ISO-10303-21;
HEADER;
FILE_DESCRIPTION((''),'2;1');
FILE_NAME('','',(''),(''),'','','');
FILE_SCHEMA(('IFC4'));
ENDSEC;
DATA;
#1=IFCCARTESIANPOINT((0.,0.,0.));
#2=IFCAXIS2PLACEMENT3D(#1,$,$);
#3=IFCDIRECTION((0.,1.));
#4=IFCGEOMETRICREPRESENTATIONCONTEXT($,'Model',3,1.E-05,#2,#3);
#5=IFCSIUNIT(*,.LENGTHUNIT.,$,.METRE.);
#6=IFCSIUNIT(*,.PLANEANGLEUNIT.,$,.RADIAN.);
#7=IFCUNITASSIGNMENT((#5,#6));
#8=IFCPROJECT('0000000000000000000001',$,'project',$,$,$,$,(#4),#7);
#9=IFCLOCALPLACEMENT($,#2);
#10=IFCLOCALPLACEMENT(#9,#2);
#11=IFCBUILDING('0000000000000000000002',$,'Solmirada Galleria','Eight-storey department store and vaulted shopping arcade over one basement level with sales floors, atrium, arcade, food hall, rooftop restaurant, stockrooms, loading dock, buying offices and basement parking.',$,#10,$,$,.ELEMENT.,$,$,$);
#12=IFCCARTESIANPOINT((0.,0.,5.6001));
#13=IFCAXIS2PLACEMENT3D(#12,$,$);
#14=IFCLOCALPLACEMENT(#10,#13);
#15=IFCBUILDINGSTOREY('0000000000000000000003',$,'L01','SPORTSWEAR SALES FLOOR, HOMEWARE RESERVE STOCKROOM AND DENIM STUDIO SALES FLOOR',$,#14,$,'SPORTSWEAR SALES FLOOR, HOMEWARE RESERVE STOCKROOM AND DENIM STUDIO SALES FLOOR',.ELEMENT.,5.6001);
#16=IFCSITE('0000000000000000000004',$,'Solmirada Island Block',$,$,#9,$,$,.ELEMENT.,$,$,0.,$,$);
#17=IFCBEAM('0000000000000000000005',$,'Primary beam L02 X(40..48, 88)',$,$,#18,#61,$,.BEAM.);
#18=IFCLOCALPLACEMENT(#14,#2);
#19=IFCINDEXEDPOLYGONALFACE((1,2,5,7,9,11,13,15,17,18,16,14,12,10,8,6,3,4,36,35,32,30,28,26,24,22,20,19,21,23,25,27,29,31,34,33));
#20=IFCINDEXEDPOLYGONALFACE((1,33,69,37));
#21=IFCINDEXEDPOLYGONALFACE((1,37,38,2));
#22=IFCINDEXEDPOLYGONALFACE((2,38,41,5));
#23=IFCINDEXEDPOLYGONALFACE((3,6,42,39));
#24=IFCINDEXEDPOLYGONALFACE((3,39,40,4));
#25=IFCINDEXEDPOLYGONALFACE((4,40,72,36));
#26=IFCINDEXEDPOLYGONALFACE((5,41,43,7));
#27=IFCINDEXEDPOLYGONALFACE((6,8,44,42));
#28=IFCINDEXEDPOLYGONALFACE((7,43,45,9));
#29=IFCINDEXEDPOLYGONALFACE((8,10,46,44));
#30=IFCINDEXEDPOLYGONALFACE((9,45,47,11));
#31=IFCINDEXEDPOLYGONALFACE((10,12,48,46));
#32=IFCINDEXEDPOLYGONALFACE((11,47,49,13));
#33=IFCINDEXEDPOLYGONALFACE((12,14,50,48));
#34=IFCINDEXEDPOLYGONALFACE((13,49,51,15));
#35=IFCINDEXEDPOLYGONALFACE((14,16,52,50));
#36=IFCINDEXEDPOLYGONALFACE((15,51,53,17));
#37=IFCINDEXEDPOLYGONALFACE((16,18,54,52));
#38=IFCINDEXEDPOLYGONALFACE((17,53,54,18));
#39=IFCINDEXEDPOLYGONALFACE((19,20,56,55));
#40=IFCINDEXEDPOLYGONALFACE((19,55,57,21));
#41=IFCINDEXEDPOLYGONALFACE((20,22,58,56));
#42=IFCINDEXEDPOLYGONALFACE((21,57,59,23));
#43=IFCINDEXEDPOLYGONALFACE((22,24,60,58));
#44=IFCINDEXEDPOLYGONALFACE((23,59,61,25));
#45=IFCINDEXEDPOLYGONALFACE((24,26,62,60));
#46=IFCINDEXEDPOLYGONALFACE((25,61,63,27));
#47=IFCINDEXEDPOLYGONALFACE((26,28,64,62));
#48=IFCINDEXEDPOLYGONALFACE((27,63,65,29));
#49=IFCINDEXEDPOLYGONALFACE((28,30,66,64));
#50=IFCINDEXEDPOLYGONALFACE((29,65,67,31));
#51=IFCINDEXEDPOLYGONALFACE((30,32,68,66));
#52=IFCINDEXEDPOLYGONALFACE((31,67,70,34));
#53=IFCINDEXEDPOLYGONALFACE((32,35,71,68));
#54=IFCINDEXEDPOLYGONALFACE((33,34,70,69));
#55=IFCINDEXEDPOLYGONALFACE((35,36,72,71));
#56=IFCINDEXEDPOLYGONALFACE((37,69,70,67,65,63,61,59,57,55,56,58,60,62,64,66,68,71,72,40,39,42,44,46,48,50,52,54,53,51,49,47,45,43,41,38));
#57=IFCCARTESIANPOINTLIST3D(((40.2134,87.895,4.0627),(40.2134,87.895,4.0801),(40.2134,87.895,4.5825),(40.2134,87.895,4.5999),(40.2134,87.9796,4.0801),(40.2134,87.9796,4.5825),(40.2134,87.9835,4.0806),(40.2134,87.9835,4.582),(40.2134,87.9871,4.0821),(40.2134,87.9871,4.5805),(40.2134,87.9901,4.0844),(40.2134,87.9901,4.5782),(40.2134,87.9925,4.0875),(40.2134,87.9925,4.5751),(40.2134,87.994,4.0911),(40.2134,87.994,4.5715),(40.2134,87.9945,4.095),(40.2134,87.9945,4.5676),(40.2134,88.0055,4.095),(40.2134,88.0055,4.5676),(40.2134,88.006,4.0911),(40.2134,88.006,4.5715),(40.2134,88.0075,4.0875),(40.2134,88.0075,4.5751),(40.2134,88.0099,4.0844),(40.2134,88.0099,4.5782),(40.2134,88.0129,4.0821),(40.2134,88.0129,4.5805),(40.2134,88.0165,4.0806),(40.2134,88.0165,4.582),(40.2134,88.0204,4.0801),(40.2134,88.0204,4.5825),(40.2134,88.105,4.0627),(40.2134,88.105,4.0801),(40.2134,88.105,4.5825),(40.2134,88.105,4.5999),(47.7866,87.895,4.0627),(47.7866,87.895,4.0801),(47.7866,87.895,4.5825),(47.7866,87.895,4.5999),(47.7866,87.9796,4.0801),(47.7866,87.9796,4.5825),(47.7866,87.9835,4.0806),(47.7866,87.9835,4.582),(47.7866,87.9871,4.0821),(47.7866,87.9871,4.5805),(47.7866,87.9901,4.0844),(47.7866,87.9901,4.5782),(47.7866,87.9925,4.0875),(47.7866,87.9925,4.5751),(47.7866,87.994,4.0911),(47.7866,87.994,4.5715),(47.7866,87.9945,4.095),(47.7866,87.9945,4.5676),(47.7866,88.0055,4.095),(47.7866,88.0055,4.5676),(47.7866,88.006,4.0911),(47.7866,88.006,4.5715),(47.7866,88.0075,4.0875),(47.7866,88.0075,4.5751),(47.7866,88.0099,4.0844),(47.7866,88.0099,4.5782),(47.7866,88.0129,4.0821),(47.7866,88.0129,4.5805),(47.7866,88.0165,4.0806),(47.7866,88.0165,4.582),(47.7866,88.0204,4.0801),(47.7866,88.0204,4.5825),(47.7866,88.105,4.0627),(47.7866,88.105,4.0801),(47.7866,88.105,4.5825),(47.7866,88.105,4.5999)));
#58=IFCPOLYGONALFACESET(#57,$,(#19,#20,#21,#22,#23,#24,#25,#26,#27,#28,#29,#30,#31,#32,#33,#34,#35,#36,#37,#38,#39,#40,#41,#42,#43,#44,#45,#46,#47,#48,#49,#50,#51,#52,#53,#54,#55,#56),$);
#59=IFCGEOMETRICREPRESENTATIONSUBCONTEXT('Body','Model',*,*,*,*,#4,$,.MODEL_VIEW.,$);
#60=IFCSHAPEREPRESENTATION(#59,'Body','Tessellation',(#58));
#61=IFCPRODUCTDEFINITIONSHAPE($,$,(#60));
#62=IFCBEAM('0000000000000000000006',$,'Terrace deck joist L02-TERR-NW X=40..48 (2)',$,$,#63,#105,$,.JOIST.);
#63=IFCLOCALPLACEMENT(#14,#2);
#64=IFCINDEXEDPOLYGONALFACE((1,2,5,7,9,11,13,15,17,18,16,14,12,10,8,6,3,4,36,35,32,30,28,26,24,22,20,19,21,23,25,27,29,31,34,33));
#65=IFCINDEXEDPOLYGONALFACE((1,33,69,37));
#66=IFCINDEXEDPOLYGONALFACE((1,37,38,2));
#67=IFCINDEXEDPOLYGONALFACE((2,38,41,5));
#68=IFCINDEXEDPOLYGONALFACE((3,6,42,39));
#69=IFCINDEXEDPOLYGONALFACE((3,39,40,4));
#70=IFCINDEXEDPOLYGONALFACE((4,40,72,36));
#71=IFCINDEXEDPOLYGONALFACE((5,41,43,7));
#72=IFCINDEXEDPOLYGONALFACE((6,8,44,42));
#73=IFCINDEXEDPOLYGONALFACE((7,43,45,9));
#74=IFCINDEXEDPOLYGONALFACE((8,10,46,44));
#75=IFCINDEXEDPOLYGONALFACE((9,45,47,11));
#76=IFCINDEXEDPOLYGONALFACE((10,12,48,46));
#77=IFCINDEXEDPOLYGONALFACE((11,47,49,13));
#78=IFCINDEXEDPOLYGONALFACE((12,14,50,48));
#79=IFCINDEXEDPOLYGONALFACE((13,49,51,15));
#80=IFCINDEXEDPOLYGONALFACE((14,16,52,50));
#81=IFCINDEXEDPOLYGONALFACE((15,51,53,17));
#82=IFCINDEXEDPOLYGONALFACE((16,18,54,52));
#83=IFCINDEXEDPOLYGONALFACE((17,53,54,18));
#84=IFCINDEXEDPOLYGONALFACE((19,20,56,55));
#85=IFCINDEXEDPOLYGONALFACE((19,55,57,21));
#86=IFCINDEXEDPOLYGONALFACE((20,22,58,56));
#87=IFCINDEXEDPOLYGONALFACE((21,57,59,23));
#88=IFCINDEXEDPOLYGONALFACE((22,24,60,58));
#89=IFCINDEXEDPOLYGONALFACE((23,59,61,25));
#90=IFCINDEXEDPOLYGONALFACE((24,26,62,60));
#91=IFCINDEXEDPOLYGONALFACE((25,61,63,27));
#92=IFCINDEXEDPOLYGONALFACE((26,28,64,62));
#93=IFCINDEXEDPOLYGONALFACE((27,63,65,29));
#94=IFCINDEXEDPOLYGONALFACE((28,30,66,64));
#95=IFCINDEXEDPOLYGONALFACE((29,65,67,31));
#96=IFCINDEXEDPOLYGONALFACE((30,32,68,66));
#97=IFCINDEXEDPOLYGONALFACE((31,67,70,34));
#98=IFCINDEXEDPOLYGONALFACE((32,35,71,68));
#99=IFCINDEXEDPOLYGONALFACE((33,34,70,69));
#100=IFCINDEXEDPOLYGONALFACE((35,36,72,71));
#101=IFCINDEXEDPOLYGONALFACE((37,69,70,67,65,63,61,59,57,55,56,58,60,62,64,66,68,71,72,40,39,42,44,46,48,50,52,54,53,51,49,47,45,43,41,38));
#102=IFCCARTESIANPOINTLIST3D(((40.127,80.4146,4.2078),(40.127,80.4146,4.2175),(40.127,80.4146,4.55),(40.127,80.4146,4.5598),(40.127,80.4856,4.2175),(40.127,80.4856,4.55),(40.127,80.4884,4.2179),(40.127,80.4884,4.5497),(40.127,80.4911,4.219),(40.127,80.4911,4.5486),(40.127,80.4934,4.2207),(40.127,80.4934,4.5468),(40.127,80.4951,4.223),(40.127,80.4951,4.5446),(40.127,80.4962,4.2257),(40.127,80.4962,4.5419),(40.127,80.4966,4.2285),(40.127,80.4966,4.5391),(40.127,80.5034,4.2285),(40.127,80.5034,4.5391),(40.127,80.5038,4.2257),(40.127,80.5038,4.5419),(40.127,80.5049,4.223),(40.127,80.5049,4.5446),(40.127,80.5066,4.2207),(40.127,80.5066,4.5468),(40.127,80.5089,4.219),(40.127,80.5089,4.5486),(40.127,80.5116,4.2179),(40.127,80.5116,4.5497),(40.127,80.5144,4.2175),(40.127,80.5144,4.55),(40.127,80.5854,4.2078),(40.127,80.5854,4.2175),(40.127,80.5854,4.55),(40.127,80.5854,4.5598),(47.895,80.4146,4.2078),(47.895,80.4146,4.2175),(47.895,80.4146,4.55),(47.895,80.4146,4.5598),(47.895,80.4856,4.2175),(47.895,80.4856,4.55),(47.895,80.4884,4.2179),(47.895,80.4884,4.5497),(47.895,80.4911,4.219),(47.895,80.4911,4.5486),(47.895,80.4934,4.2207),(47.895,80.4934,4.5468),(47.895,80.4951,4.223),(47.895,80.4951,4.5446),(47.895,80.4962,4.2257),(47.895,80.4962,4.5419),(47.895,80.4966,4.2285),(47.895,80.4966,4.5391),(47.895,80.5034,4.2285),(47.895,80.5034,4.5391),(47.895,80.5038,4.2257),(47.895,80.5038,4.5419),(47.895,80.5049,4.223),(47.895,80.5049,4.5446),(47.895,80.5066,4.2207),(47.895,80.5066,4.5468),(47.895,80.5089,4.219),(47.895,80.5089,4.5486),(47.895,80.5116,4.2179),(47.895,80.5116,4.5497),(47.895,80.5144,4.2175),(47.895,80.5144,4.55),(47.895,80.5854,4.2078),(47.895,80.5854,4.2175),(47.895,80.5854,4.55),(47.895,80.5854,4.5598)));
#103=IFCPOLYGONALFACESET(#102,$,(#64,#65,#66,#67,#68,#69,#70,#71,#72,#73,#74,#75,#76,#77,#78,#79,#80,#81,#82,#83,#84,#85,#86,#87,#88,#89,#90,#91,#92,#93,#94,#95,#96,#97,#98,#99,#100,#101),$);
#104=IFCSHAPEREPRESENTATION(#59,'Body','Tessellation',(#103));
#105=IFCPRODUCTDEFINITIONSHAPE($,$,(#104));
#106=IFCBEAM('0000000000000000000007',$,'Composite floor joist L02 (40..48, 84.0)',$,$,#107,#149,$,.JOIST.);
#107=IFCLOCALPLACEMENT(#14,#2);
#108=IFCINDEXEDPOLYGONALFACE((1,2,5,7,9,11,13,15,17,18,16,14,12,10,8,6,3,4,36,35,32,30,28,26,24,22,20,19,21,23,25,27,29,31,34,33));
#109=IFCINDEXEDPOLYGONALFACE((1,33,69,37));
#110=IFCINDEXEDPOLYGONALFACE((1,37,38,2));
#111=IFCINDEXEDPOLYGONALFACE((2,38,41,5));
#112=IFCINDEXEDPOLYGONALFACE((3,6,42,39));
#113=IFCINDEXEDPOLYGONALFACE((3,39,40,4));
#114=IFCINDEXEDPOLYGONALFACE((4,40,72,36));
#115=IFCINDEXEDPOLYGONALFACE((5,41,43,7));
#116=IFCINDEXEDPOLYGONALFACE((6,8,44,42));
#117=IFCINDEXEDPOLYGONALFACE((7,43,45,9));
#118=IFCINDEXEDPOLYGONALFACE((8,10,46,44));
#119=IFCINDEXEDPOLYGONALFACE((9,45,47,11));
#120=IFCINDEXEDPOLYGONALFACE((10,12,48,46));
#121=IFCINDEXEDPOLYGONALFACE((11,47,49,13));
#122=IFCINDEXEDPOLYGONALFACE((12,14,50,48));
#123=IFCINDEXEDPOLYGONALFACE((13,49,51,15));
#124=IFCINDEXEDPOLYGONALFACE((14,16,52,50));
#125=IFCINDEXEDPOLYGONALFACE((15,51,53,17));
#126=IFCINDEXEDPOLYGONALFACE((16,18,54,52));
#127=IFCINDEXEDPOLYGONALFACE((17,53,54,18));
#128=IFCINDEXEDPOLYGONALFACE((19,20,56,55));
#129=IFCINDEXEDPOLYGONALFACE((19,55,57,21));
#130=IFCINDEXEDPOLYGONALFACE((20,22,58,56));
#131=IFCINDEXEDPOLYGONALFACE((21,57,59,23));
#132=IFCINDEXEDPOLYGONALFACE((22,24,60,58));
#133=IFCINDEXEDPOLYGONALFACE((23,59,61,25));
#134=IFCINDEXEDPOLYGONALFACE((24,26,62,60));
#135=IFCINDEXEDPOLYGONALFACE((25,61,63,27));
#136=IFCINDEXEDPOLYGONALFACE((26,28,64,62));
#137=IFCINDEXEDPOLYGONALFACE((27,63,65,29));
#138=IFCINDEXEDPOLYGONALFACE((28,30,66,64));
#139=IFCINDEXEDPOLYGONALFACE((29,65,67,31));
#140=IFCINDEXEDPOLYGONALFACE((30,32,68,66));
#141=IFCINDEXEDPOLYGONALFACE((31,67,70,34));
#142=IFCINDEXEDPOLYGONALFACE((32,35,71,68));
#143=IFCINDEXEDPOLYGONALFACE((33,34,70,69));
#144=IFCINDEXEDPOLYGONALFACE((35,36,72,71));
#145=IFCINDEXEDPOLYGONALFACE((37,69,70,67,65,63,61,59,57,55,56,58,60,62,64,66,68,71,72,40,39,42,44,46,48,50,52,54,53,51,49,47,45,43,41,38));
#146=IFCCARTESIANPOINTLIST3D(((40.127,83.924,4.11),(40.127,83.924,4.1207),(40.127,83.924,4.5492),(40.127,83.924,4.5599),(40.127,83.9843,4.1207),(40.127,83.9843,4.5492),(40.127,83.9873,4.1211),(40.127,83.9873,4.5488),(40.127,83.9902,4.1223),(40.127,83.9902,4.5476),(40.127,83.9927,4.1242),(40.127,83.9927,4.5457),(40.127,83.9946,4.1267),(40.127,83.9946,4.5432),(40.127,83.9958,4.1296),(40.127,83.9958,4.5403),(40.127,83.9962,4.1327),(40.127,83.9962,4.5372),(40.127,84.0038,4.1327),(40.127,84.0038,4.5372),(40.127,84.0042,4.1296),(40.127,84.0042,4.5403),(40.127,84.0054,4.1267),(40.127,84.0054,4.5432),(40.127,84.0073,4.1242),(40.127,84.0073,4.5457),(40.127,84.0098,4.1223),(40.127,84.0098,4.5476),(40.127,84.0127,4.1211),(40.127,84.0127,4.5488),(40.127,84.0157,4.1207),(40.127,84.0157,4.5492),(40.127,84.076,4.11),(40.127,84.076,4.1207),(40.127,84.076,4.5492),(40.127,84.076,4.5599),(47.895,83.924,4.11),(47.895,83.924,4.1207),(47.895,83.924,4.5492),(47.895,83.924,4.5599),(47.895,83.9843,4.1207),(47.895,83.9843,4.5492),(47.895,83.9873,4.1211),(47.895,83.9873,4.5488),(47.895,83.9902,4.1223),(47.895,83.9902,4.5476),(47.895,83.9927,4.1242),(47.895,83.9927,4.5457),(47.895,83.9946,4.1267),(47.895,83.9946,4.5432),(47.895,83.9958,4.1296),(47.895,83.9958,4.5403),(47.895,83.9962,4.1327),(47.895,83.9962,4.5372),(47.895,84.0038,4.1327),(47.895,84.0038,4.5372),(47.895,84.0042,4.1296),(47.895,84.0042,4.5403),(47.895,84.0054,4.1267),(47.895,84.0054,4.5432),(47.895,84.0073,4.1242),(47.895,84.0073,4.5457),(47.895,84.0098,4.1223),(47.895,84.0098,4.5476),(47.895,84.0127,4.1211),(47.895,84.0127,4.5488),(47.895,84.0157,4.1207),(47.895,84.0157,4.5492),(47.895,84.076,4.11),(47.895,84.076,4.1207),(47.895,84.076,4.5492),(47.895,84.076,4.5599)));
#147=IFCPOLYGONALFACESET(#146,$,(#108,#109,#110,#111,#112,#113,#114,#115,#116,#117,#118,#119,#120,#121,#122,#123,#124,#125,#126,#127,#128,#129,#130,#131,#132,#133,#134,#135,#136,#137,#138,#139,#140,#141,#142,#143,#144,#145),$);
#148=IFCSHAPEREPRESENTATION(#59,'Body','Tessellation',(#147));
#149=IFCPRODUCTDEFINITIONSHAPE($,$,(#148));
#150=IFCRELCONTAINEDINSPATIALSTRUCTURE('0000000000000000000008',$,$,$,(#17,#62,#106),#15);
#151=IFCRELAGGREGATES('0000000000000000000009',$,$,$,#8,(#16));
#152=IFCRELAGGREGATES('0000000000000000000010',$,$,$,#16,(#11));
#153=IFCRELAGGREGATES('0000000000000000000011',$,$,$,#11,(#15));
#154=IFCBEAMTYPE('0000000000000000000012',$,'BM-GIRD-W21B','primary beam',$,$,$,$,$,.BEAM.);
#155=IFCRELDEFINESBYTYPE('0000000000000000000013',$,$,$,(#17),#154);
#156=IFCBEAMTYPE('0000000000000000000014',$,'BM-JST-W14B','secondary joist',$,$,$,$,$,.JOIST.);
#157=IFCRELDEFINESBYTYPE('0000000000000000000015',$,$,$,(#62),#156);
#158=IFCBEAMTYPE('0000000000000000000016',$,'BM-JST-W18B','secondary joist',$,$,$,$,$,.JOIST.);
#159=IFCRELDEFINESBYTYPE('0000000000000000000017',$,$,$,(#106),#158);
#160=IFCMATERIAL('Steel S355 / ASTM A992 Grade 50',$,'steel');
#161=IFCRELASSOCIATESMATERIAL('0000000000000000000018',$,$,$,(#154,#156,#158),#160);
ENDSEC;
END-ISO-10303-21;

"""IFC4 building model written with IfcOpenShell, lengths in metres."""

from ifc_helpers import new_model, si_unit, direction, frame, origin, origin_2d, place, context, subcontext, project, spatial, i_section, extrude, material, material_profile, profile_set, type_object, element, save


model = new_model("IFC4")

# Units and contexts
model_context = context("Model", 3, precision=1e-05, world=origin(), true_north=direction((0.0, 1.0)))
body_context = subcontext(model_context, "Body", "Model", "MODEL_VIEW")
ifc_project = project(units=[si_unit("LENGTHUNIT", "METRE"), si_unit("PLANEANGLEUNIT", "RADIAN")], contexts=[model_context])

# Site, building, storey
site_placement = place(None, origin())
site = spatial("IfcSite", under=ifc_project, at=site_placement, Name="Solmirada Island Block", CompositionType="ELEMENT", RefElevation=0.0)
building_placement = place(site_placement, origin())
building = spatial("IfcBuilding", under=site, at=building_placement, Name="Solmirada Galleria", Description="Eight-storey department store and vaulted shopping arcade over one basement level with sales floors, atrium, arcade, food hall, rooftop restaurant, stockrooms, loading dock, buying offices and basement parking.", CompositionType="ELEMENT")
storey_placement = place(building_placement, frame((0.0, 0.0, 5.6001)))
storey = spatial("IfcBuildingStorey", under=building, at=storey_placement, Name="L01", Description="SPORTSWEAR SALES FLOOR, HOMEWARE RESERVE STOCKROOM AND DENIM STUDIO SALES FLOOR", LongName="SPORTSWEAR SALES FLOOR, HOMEWARE RESERVE STOCKROOM AND DENIM STUDIO SALES FLOOR", CompositionType="ELEMENT", Elevation=5.6001)

# Beams
ifc_material_1 = material(Name="Steel S355 / ASTM A992 Grade 50", Category="steel")
ifc_material_profile_1 = material_profile(ifc_material_1, i_section(OverallWidth=0.21, OverallDepth=0.5371, WebThickness=0.011, FlangeThickness=0.0173, FilletRadius=0.0149, at=origin_2d()), Name="W21X68")
ifc_profile_set_1 = profile_set([ifc_material_profile_1], Name="Steel S355 / ASTM A992 Grade 50")
beam_type_1 = type_object("IfcBeamType", Name="BM-GIRD-W21B", Description="primary beam", PredefinedType="BEAM", material=ifc_profile_set_1)
beam_1_placement = place(storey_placement, frame((40.2134, 88.0, 4.3313), z_axis=(1.0, 0.0, 0.0), x_axis=(0.0, 1.0, 0.0)))
element("IfcBeam", 1, at=beam_1_placement, inside=storey, type_object=beam_type_1, Name="Primary beam L02 X(40..48, 88)", PredefinedType="BEAM", context=body_context, shape_type="SweptSolid", body=[
    extrude(i_section(OverallWidth=0.21, OverallDepth=0.5371, WebThickness=0.011, FlangeThickness=0.0173, FilletRadius=0.0149, at=origin_2d()), origin(), (0.0, 0.0, 1.0), 7.5732),
])
ifc_material_profile_2 = material_profile(ifc_material_1, i_section(OverallWidth=0.1709, OverallDepth=0.3521, WebThickness=0.0068, FlangeThickness=0.0098, FilletRadius=0.011, at=origin_2d()), Name="W14X30")
ifc_profile_set_2 = profile_set([ifc_material_profile_2], Name="Steel S355 / ASTM A992 Grade 50")
beam_type_2 = type_object("IfcBeamType", Name="BM-JST-W14B", Description="secondary joist", PredefinedType="JOIST", material=ifc_profile_set_2)
beam_2_placement = place(storey_placement, frame((40.127, 80.5, 4.3838), z_axis=(1.0, 0.0, 0.0), x_axis=(0.0, 1.0, 0.0)))
element("IfcBeam", 2, at=beam_2_placement, inside=storey, type_object=beam_type_2, Name="Terrace deck joist L02-TERR-NW X=40..48 (2)", PredefinedType="JOIST", context=body_context, shape_type="SweptSolid", body=[
    extrude(i_section(OverallWidth=0.1709, OverallDepth=0.3521, WebThickness=0.0068, FlangeThickness=0.0098, FilletRadius=0.011, at=origin_2d()), origin(), (0.0, 0.0, 1.0), 7.7681),
])
ifc_material_profile_3 = material_profile(ifc_material_1, i_section(OverallWidth=0.1521, OverallDepth=0.45, WebThickness=0.0076, FlangeThickness=0.0107, FilletRadius=0.012, at=origin_2d()), Name="W18X35")
ifc_profile_set_3 = profile_set([ifc_material_profile_3], Name="Steel S355 / ASTM A992 Grade 50")
beam_type_3 = type_object("IfcBeamType", Name="BM-JST-W18B", Description="secondary joist", PredefinedType="JOIST", material=ifc_profile_set_3)
beam_3_placement = place(storey_placement, frame((40.127, 84.0, 4.335), z_axis=(1.0, 0.0, 0.0), x_axis=(0.0, 1.0, 0.0)))
element("IfcBeam", 3, at=beam_3_placement, inside=storey, type_object=beam_type_3, Name="Composite floor joist L02 (40..48, 84.0)", PredefinedType="JOIST", context=body_context, shape_type="SweptSolid", body=[
    extrude(i_section(OverallWidth=0.1521, OverallDepth=0.45, WebThickness=0.0076, FlangeThickness=0.0107, FilletRadius=0.012, at=origin_2d()), origin(), (0.0, 0.0, 1.0), 7.7681),
])

save(model, "model.ifc")
